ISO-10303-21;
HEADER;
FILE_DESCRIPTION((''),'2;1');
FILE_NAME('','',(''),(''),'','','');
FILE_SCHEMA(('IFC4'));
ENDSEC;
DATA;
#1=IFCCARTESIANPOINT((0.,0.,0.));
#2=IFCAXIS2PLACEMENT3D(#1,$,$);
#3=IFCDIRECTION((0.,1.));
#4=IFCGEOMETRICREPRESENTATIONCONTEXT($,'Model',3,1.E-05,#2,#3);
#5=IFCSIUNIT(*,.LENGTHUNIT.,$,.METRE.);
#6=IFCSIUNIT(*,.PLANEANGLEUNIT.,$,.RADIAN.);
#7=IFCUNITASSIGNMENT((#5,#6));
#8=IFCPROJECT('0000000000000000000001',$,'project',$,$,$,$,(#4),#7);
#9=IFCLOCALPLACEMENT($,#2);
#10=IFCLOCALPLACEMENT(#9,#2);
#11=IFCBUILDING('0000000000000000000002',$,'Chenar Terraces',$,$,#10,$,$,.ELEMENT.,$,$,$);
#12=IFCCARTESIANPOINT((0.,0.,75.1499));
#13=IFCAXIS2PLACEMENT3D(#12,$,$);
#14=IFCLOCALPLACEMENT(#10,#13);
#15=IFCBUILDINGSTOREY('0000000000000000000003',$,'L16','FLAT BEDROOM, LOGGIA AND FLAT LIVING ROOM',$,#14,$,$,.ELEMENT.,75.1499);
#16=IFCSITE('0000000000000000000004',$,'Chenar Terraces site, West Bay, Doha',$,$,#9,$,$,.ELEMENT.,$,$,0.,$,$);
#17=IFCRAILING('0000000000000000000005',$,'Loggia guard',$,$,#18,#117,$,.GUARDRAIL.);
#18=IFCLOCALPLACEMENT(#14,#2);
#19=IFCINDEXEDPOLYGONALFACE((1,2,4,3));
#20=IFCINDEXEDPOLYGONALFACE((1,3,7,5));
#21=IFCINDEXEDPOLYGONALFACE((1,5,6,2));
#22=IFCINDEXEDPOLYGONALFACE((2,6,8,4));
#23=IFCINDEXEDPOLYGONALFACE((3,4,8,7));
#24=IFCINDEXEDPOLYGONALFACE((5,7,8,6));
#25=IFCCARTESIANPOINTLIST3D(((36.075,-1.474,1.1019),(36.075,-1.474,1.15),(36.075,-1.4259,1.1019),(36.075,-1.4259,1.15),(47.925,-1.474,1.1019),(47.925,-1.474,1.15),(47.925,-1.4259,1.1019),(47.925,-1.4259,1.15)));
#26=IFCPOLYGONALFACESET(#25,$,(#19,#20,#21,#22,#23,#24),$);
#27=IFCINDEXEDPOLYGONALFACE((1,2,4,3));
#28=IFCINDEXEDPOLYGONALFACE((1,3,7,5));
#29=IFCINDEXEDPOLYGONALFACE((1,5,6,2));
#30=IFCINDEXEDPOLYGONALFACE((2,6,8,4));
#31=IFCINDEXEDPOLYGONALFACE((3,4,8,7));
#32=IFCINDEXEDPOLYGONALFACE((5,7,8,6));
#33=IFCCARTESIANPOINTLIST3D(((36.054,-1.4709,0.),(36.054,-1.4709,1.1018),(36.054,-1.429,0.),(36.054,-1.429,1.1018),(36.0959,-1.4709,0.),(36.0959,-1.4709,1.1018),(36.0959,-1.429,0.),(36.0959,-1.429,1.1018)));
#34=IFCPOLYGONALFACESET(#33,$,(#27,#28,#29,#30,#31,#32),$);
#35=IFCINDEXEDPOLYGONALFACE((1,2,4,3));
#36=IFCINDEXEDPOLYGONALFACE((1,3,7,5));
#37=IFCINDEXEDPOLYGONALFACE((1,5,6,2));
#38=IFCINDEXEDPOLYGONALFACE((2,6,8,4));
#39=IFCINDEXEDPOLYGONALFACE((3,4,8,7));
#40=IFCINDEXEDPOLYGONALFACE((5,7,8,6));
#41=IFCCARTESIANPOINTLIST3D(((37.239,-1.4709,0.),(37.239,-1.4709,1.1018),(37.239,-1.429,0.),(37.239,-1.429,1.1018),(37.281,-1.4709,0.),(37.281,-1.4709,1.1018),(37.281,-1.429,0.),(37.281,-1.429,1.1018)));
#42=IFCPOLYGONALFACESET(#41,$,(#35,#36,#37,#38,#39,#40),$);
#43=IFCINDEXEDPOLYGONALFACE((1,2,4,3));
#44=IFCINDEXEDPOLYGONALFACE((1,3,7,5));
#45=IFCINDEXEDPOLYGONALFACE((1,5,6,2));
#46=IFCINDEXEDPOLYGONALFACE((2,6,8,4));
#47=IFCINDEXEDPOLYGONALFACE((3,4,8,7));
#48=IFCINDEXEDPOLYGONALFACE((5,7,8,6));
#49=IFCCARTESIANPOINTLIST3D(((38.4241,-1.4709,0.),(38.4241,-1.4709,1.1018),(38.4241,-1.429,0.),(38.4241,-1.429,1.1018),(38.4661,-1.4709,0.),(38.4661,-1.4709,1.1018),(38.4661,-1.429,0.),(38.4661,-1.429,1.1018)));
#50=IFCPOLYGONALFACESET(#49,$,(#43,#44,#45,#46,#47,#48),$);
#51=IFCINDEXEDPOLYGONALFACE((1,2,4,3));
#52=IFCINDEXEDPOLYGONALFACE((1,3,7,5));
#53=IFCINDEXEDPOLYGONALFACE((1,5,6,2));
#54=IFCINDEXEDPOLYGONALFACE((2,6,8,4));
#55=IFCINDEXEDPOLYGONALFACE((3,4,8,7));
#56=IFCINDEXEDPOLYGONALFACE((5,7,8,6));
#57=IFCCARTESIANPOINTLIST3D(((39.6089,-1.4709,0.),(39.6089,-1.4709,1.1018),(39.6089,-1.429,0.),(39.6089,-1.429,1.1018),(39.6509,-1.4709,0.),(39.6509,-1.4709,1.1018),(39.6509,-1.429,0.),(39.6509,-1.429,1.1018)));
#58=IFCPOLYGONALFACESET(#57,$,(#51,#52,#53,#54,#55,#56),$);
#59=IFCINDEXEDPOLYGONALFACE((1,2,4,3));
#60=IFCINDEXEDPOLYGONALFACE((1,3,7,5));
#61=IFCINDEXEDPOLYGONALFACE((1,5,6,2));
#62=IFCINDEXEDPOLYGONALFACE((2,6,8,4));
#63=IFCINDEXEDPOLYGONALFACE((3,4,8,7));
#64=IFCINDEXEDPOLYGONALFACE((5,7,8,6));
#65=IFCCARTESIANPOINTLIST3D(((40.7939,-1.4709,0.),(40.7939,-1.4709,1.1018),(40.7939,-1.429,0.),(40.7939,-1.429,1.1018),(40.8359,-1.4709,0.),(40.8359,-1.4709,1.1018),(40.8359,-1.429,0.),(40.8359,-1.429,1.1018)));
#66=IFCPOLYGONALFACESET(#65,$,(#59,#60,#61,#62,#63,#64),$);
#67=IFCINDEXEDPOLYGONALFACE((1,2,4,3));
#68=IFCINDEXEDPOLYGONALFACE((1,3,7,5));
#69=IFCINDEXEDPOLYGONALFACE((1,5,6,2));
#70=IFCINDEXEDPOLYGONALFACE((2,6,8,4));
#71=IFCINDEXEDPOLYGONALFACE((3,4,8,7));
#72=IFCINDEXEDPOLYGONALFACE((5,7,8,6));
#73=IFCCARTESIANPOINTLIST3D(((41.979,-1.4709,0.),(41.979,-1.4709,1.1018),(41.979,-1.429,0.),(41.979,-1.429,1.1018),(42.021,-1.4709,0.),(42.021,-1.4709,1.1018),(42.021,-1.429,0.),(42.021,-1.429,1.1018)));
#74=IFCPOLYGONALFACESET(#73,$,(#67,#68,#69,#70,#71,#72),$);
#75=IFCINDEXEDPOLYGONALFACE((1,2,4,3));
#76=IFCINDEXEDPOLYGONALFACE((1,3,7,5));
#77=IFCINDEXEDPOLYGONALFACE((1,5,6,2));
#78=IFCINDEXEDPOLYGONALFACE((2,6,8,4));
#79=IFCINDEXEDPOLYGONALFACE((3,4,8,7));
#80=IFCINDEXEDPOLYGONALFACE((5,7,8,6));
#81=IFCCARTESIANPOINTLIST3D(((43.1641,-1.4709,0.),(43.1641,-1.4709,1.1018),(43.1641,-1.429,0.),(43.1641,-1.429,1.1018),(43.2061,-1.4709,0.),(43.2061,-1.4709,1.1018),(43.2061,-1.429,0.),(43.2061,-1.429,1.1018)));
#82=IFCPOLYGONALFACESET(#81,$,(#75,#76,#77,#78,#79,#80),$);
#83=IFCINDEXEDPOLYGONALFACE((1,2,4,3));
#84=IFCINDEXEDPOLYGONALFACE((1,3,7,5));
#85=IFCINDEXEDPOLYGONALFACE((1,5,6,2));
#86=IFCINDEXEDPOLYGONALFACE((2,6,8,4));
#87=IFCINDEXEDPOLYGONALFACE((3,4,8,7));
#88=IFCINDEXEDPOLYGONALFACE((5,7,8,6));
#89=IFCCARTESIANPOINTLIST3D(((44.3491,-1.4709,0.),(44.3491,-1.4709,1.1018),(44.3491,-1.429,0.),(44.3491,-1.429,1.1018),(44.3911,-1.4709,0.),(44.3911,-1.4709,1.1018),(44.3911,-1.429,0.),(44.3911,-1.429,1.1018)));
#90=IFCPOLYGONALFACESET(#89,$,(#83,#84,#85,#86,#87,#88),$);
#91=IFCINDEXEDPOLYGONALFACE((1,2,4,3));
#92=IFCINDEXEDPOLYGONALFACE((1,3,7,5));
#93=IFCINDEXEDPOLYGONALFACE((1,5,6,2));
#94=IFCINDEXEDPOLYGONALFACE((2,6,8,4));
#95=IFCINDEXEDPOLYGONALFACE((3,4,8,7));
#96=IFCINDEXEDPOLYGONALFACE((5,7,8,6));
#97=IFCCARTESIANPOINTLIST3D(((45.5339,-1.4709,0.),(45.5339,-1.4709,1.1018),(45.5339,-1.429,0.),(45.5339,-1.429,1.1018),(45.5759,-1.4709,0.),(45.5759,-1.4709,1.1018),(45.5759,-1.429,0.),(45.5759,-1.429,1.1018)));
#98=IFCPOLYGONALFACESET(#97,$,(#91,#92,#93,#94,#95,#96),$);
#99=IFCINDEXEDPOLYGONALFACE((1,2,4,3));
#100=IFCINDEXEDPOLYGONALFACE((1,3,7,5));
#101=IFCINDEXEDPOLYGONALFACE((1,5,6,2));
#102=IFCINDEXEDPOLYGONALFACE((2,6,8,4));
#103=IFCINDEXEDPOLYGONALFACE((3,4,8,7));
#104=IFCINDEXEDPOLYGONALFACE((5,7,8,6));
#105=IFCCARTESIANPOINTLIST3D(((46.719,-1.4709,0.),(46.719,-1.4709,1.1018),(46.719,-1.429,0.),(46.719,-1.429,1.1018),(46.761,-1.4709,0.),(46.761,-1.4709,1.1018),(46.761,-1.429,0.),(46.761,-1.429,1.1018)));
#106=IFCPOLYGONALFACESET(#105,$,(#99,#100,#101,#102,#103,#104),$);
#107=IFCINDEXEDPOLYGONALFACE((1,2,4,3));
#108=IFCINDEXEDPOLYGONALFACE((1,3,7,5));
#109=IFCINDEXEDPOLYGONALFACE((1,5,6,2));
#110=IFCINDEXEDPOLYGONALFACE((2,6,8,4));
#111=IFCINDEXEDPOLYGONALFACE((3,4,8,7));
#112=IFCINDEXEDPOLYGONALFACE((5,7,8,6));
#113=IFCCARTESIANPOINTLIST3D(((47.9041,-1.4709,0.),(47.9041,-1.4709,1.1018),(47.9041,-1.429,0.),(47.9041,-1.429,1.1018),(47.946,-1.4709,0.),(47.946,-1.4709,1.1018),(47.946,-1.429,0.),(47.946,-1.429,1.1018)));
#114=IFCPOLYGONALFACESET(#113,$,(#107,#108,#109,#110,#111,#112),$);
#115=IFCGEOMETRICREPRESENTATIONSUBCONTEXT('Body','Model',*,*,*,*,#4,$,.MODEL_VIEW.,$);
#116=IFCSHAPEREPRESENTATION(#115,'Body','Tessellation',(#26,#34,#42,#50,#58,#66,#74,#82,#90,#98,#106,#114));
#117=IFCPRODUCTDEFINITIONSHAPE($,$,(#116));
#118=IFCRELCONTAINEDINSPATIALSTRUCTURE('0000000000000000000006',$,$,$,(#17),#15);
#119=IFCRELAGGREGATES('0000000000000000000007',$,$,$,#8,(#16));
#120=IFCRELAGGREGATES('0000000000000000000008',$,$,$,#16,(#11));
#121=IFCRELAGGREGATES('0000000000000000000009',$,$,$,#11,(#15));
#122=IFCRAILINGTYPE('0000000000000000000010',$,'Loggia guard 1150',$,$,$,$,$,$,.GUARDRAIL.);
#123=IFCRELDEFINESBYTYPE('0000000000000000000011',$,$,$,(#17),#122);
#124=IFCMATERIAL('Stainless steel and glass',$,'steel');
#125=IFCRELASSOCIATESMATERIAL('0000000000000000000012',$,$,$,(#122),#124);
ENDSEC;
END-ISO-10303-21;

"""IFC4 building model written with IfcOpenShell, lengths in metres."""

from ifc_helpers import new_model, si_unit, direction, frame, origin, origin_2d, place, context, subcontext, project, spatial, rectangle, extrude, material, type_object, element, save


model = new_model("IFC4")

# Units and contexts
model_context = context("Model", 3, precision=1e-05, world=origin(), true_north=direction((0.0, 1.0)))
body_context = subcontext(model_context, "Body", "Model", "MODEL_VIEW")
ifc_project = project(units=[si_unit("LENGTHUNIT", "METRE"), si_unit("PLANEANGLEUNIT", "RADIAN")], contexts=[model_context])

# Site, building, storey
site_placement = place(None, origin())
site = spatial("IfcSite", under=ifc_project, at=site_placement, Name="Chenar Terraces site, West Bay, Doha", CompositionType="ELEMENT", RefElevation=0.0)
building_placement = place(site_placement, origin())
building = spatial("IfcBuilding", under=site, at=building_placement, Name="Chenar Terraces", CompositionType="ELEMENT")
storey_placement = place(building_placement, frame((0.0, 0.0, 75.1499)))
storey = spatial("IfcBuildingStorey", under=building, at=storey_placement, Name="L16", Description="FLAT BEDROOM, LOGGIA AND FLAT LIVING ROOM", CompositionType="ELEMENT", Elevation=75.1499)

# Railing
ifc_material_1 = material(Name="Stainless steel and glass", Category="steel")
railing_type = type_object("IfcRailingType", Name="Loggia guard 1150", PredefinedType="GUARDRAIL", material=ifc_material_1)
railing_placement = place(storey_placement, frame((36.075, -1.45, 0.0)))
element("IfcRailing", 1, at=railing_placement, inside=storey, type_object=railing_type, Name="Loggia guard", PredefinedType="GUARDRAIL", context=body_context, shape_type="SweptSolid", body=[
    extrude(rectangle(XDim=0.0481, YDim=0.0481, at=origin_2d()), frame((0.0, 0.0, 1.126), z_axis=(1.0, 0.0, 0.0), x_axis=(0.0, 1.0, 0.0)), (0.0, 0.0, 1.0), 11.8501),
    extrude(rectangle(XDim=0.042, YDim=0.042, at=origin_2d()), origin(), (0.0, 0.0, 1.0), 1.1018),
    extrude(rectangle(XDim=0.042, YDim=0.042, at=origin_2d()), frame((1.1851, 0.0, 0.0)), (0.0, 0.0, 1.0), 1.1018),
    extrude(rectangle(XDim=0.042, YDim=0.042, at=origin_2d()), frame((2.3701, 0.0, 0.0)), (0.0, 0.0, 1.0), 1.1018),
    extrude(rectangle(XDim=0.042, YDim=0.042, at=origin_2d()), frame((3.5549, 0.0, 0.0)), (0.0, 0.0, 1.0), 1.1018),
    extrude(rectangle(XDim=0.042, YDim=0.042, at=origin_2d()), frame((4.74, 0.0, 0.0)), (0.0, 0.0, 1.0), 1.1018),
    extrude(rectangle(XDim=0.042, YDim=0.042, at=origin_2d()), frame((5.925, 0.0, 0.0)), (0.0, 0.0, 1.0), 1.1018),
    extrude(rectangle(XDim=0.042, YDim=0.042, at=origin_2d()), frame((7.1101, 0.0, 0.0)), (0.0, 0.0, 1.0), 1.1018),
    extrude(rectangle(XDim=0.042, YDim=0.042, at=origin_2d()), frame((8.2952, 0.0, 0.0)), (0.0, 0.0, 1.0), 1.1018),
    extrude(rectangle(XDim=0.042, YDim=0.042, at=origin_2d()), frame((9.48, 0.0, 0.0)), (0.0, 0.0, 1.0), 1.1018),
    extrude(rectangle(XDim=0.042, YDim=0.042, at=origin_2d()), frame((10.665, 0.0, 0.0)), (0.0, 0.0, 1.0), 1.1018),
    extrude(rectangle(XDim=0.042, YDim=0.042, at=origin_2d()), frame((11.8501, 0.0, 0.0)), (0.0, 0.0, 1.0), 1.1018),
])

save(model, "model.ifc")
